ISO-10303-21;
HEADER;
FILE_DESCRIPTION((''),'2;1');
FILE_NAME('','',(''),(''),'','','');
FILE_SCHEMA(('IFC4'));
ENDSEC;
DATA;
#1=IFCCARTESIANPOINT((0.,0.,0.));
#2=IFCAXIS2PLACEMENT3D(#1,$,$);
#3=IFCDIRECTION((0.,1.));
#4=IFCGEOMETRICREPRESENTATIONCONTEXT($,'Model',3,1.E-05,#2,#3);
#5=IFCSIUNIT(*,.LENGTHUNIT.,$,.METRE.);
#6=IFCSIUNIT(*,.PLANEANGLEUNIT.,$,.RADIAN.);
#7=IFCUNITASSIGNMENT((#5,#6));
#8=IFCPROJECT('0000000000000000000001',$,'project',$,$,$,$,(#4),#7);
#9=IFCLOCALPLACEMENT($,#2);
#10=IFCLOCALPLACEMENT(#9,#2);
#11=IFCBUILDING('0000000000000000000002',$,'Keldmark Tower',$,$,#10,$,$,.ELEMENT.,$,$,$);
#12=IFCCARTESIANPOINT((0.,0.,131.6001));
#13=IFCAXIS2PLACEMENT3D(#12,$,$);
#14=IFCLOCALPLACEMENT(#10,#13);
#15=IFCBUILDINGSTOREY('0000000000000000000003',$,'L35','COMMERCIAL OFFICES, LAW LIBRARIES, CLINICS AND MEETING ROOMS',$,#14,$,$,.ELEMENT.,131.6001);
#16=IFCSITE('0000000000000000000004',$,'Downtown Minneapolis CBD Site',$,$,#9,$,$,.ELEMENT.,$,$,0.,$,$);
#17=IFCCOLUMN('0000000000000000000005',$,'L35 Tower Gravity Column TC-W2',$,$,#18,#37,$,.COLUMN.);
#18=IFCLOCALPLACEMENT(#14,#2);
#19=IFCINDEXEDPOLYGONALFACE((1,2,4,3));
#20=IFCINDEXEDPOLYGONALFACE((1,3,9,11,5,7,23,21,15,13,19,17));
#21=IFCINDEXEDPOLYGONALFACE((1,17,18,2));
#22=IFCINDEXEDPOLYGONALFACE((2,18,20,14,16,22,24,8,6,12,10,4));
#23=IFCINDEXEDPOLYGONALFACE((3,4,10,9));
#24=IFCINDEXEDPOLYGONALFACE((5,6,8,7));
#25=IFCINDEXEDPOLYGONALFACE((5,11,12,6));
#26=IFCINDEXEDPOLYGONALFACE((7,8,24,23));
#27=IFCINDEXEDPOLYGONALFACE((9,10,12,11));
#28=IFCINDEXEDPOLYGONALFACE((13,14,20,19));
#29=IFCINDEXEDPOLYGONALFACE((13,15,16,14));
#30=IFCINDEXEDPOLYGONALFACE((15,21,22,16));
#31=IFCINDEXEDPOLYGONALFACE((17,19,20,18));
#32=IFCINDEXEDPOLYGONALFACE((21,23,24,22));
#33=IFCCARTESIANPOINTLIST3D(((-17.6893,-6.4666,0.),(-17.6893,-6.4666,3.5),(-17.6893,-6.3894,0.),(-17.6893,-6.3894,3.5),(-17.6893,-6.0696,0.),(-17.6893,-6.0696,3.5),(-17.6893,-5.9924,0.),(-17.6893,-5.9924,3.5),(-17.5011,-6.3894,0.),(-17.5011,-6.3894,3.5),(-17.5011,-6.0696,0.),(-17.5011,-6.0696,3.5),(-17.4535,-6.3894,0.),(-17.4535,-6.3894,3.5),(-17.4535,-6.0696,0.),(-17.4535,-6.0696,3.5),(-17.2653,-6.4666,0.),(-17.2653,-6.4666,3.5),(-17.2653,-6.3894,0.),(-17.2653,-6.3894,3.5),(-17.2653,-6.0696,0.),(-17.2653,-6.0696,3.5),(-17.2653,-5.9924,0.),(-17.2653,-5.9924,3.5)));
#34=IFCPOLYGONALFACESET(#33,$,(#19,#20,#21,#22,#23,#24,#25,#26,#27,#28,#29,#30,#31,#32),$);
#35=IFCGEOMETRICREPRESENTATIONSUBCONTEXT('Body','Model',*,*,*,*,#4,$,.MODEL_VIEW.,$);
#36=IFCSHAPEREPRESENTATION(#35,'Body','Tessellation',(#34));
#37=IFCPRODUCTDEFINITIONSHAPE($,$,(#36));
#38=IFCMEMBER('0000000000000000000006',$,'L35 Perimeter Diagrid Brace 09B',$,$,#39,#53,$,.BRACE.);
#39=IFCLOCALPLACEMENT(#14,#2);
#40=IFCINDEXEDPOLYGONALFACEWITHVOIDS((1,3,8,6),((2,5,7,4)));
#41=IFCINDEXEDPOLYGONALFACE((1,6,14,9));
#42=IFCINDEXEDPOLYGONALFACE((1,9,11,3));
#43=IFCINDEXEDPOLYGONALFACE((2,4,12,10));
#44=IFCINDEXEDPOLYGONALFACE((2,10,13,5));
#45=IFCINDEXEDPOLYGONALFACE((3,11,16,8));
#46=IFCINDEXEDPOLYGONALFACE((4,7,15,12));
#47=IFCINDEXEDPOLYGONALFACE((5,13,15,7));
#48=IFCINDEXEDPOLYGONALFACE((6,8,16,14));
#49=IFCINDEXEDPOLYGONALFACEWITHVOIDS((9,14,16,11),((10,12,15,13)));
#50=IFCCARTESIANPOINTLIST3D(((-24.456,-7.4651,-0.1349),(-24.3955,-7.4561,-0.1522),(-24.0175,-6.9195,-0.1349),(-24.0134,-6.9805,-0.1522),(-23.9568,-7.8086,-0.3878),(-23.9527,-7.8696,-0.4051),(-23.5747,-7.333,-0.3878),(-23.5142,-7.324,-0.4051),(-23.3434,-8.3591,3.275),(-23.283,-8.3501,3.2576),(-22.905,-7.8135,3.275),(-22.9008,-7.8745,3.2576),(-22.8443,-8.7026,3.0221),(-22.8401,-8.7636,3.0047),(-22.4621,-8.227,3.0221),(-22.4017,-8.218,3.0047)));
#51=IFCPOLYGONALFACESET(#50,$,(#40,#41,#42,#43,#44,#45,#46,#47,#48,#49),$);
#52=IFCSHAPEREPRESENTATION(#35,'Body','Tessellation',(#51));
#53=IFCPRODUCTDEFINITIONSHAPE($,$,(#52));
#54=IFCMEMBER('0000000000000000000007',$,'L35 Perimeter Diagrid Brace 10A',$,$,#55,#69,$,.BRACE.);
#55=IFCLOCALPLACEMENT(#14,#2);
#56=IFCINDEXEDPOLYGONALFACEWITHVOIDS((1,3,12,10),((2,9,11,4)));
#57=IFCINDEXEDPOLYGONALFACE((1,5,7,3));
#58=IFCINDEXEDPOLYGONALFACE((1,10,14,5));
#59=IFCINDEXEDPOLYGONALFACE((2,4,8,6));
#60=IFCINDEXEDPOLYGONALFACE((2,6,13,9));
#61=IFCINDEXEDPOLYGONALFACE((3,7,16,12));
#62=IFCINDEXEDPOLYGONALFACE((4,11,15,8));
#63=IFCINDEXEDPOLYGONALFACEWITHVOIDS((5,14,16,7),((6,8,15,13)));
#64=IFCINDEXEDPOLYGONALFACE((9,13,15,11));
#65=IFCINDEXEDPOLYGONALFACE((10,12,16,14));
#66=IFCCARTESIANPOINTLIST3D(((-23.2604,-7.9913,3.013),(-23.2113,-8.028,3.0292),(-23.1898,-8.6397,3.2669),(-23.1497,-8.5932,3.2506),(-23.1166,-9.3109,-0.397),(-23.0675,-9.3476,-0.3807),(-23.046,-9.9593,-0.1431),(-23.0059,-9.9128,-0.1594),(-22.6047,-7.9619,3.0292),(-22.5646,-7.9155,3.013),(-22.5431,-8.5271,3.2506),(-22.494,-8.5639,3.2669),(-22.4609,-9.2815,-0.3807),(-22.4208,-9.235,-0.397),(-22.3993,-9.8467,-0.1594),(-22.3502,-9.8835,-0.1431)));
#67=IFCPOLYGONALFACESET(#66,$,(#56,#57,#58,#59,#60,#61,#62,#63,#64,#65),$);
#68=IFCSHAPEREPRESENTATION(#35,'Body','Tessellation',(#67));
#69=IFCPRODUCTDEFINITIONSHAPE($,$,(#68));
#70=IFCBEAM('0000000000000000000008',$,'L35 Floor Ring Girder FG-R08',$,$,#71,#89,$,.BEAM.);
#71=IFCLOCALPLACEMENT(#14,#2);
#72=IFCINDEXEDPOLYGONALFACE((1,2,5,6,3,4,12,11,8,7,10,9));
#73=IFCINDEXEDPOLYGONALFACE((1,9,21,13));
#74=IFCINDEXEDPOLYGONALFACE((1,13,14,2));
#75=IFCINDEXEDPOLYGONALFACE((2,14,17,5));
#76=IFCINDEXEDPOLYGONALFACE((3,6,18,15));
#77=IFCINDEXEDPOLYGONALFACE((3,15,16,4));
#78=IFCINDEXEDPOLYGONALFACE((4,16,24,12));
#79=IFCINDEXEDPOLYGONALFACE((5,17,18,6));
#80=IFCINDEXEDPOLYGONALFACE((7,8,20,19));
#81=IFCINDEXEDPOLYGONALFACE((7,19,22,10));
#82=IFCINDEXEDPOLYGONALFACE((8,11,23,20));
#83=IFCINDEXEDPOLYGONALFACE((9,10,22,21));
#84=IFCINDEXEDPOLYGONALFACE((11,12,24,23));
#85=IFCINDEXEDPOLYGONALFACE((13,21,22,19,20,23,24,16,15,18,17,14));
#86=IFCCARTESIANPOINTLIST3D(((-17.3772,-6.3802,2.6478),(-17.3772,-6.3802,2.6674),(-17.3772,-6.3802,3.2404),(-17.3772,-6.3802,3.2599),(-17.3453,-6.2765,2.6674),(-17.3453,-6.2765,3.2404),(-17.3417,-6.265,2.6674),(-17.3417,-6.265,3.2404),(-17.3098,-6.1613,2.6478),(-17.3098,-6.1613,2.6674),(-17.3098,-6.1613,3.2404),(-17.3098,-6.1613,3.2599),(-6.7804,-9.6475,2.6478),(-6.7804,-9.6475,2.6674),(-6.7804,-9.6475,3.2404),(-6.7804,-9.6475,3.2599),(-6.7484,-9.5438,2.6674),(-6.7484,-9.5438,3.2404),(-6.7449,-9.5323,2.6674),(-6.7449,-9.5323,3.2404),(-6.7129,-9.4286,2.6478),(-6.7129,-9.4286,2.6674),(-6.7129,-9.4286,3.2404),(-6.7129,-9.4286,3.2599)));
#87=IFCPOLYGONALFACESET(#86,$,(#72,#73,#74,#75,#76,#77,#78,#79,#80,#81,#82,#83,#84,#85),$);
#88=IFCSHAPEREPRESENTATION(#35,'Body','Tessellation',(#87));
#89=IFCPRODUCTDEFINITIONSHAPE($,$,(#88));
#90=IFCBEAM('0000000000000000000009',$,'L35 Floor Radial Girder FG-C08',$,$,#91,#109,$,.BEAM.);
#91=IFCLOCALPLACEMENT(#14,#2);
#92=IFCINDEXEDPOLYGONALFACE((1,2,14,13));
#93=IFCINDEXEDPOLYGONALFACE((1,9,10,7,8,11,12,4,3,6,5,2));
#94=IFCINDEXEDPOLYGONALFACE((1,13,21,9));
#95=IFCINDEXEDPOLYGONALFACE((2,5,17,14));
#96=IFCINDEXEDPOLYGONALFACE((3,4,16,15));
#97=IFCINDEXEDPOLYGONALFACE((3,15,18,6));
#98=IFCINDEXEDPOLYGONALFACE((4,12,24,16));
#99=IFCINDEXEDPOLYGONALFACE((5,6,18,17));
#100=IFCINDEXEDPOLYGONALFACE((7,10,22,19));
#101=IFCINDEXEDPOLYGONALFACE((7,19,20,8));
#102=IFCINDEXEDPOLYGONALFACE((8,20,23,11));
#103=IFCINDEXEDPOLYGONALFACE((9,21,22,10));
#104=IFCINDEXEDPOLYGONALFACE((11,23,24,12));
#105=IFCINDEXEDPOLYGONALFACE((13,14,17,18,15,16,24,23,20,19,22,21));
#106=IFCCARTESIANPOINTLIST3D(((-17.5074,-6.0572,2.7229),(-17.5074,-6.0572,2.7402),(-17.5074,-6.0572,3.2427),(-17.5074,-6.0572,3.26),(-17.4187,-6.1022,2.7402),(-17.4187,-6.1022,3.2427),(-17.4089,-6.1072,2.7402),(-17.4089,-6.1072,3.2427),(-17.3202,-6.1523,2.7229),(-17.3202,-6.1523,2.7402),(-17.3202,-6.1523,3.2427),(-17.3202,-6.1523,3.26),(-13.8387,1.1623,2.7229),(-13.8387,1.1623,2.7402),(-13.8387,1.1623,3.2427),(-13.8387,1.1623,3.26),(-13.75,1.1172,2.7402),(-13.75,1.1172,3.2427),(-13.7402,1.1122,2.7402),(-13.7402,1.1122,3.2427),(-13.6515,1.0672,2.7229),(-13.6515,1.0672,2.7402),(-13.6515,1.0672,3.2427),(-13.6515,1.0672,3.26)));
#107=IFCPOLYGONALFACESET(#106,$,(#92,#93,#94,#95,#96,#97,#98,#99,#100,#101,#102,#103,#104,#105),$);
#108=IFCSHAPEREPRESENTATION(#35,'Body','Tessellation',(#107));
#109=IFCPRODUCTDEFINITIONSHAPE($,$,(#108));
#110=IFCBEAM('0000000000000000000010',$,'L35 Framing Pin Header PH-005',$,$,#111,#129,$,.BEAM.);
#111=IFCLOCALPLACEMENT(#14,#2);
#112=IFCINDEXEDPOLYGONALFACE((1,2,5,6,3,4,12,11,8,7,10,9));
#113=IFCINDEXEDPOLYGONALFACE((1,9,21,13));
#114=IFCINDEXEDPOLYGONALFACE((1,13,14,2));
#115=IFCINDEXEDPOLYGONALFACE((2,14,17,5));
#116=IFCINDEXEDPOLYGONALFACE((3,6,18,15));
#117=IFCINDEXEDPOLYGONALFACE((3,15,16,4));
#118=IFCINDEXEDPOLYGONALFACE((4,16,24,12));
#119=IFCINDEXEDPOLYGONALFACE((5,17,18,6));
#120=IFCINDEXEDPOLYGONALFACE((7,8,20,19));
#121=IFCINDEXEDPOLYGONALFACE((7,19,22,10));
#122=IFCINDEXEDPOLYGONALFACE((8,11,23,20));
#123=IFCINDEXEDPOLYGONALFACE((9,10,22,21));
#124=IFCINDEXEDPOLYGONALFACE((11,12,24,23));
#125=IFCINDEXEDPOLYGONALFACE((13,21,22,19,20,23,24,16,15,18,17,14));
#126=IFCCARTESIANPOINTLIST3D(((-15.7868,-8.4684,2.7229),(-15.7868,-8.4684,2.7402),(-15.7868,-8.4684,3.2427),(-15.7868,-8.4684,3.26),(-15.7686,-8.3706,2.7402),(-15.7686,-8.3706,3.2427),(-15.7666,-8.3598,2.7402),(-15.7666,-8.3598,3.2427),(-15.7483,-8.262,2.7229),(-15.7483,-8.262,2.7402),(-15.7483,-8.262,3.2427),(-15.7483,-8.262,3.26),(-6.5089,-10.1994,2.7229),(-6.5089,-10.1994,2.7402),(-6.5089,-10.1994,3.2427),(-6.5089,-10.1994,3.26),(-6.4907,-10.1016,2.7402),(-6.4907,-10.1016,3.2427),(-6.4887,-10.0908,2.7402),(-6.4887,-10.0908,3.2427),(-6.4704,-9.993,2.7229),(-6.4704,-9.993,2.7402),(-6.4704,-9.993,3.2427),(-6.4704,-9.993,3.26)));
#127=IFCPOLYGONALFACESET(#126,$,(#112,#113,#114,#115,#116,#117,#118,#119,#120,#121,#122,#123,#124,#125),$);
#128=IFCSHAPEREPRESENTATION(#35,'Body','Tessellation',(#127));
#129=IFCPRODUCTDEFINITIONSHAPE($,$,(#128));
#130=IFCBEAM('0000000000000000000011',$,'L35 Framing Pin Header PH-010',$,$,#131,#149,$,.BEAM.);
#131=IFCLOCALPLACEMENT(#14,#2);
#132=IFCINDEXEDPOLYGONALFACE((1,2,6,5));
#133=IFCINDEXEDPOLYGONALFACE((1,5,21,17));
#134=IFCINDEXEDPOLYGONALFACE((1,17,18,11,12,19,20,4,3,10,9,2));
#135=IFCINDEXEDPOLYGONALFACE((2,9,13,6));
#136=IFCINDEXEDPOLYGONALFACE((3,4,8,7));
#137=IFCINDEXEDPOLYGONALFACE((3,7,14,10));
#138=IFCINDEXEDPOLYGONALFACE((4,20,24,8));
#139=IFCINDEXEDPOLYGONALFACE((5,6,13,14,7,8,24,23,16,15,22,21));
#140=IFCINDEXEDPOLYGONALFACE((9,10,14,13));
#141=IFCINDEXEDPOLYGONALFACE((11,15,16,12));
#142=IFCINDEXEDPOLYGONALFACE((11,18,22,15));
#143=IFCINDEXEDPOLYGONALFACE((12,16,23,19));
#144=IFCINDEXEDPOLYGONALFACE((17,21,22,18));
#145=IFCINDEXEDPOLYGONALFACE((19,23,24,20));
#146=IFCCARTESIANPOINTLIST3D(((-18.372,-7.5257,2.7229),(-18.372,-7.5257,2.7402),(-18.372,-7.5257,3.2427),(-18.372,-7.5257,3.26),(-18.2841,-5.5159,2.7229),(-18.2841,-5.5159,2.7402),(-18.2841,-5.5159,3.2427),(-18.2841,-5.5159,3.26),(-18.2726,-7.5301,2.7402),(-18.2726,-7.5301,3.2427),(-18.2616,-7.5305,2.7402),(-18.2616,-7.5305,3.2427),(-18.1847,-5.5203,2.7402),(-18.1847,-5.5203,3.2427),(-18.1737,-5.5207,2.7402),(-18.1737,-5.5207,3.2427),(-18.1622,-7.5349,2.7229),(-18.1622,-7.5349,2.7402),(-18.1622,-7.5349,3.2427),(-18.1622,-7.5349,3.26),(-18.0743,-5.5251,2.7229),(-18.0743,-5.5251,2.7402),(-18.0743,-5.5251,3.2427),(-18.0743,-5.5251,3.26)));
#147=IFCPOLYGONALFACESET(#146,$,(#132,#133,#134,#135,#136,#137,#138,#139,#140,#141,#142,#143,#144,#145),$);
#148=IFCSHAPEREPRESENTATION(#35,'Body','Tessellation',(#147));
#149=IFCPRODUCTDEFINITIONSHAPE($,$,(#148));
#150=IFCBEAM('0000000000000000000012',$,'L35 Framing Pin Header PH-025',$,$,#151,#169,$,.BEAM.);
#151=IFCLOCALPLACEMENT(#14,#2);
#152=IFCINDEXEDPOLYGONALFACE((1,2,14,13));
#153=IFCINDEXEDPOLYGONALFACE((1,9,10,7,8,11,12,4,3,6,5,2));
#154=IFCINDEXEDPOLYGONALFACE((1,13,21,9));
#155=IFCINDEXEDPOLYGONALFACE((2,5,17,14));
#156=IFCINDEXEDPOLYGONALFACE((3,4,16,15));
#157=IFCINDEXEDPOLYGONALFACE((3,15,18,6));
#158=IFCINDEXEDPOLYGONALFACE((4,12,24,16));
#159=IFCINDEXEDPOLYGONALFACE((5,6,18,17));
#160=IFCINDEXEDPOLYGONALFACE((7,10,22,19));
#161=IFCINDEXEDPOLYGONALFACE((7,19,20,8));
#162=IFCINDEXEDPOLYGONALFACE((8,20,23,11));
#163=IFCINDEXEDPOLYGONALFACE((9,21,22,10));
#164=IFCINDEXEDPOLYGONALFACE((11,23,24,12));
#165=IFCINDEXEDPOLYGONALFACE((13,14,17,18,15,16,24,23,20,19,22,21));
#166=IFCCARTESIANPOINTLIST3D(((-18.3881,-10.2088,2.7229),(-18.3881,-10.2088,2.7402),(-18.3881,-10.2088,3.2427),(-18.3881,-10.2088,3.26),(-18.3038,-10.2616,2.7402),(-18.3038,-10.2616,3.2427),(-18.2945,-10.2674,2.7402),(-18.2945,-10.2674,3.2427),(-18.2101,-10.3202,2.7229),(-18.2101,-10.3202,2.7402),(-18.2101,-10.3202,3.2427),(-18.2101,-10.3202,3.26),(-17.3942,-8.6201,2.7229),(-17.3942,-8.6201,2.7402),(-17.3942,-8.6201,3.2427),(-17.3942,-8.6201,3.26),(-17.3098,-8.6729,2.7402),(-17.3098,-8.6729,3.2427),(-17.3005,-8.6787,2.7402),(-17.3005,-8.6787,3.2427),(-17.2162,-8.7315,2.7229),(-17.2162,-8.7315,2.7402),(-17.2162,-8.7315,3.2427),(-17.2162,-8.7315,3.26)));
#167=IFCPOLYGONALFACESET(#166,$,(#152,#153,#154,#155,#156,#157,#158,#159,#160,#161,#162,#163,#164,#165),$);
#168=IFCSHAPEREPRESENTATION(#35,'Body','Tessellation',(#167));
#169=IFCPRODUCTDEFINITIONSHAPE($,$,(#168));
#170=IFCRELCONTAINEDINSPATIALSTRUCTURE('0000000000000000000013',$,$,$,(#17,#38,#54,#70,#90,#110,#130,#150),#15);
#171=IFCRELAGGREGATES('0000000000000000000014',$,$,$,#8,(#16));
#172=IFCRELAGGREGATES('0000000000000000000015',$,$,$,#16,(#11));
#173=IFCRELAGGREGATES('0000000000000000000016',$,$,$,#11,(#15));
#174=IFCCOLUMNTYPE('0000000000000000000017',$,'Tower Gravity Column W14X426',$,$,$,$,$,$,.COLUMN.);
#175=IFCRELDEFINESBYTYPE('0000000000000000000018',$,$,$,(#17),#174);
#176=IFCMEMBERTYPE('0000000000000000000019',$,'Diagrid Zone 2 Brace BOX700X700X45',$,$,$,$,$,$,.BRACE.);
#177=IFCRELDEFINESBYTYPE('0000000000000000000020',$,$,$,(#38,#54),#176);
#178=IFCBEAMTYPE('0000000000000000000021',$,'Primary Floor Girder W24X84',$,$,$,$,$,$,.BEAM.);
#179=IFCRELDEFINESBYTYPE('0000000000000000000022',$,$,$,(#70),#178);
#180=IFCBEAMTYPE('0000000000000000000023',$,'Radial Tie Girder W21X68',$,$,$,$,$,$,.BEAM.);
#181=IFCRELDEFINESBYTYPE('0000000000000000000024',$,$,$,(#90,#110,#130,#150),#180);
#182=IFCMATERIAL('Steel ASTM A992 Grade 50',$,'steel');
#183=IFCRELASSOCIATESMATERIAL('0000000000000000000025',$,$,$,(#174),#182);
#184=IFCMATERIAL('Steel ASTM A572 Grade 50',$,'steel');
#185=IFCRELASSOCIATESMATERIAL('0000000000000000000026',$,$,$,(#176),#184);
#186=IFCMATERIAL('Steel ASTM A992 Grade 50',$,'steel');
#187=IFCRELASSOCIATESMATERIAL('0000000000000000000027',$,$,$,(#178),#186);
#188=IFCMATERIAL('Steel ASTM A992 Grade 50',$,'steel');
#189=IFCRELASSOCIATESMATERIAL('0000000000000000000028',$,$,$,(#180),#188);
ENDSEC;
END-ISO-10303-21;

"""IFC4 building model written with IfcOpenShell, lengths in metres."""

from ifc_helpers import new_model, si_unit, direction, frame, origin, origin_2d, place, context, subcontext, project, spatial, hollow_rectangle, i_section, extrude, material, material_profile, profile_set, type_object, element, save


model = new_model("IFC4")

# Units and contexts
model_context = context("Model", 3, precision=1e-05, world=origin(), true_north=direction((0.0, 1.0)))
body_context = subcontext(model_context, "Body", "Model", "MODEL_VIEW")
ifc_project = project(units=[si_unit("LENGTHUNIT", "METRE"), si_unit("PLANEANGLEUNIT", "RADIAN")], contexts=[model_context])

# Site, building, storey
site_placement = place(None, origin())
site = spatial("IfcSite", under=ifc_project, at=site_placement, Name="Downtown Minneapolis CBD Site", CompositionType="ELEMENT", RefElevation=0.0)
building_placement = place(site_placement, origin())
building = spatial("IfcBuilding", under=site, at=building_placement, Name="Keldmark Tower", CompositionType="ELEMENT")
storey_placement = place(building_placement, frame((0.0, 0.0, 131.6001)))
storey = spatial("IfcBuildingStorey", under=building, at=storey_placement, Name="L35", Description="COMMERCIAL OFFICES, LAW LIBRARIES, CLINICS AND MEETING ROOMS", CompositionType="ELEMENT", Elevation=131.6001)

# Column
ifc_material_1 = material(Name="Steel ASTM A992 Grade 50", Category="steel")
ifc_material_profile_1 = material_profile(ifc_material_1, i_section(OverallWidth=0.4241, OverallDepth=0.4741, WebThickness=0.0476, FlangeThickness=0.0771, at=origin_2d()), Name="W14X426")
ifc_profile_set_1 = profile_set([ifc_material_profile_1], Name="Steel ASTM A992 Grade 50")
column_type = type_object("IfcColumnType", Name="Tower Gravity Column W14X426", PredefinedType="COLUMN", material=ifc_profile_set_1)
column_placement = place(storey_placement, frame((-17.4773, -6.2295, 0.0), z_axis=(0.0, 0.0, 1.0), x_axis=(1.0, 0.0, 0.0)))
element("IfcColumn", 1, at=column_placement, inside=storey, type_object=column_type, Name="L35 Tower Gravity Column TC-W2", PredefinedType="COLUMN", context=body_context, shape_type="SweptSolid", body=[
    extrude(i_section(OverallWidth=0.4241, OverallDepth=0.4741, WebThickness=0.0476, FlangeThickness=0.0771, at=origin_2d()), origin(), (0.0, 0.0, 1.0), 3.5),
])

# Members
ifc_material_2 = material(Name="Steel ASTM A572 Grade 50", Category="steel")
ifc_material_profile_2 = material_profile(ifc_material_2, hollow_rectangle(XDim=0.7, YDim=0.7, WallThickness=0.0449, at=origin_2d()), Name="BOX700X700X45")
ifc_profile_set_2 = profile_set([ifc_material_profile_2], Name="Steel ASTM A572 Grade 50")
member_type = type_object("IfcMemberType", Name="Diagrid Zone 2 Brace BOX700X700X45", PredefinedType="BRACE", material=ifc_profile_set_2)
member_1_placement = place(storey_placement, frame((-23.9851, -7.3945, -0.27), z_axis=(0.300968, -0.241858, 0.922455), x_axis=(0.626404, 0.779498, 0.0)))
element("IfcMember", 2, at=member_1_placement, inside=storey, type_object=member_type, Name="L35 Perimeter Diagrid Brace 09B", PredefinedType="BRACE", context=body_context, shape_type="SweptSolid", body=[
    extrude(hollow_rectangle(XDim=0.7, YDim=0.7, WallThickness=0.0449, at=origin_2d()), origin(), (0.0, 0.0, 1.0), 3.6965),
])
member_2_placement = place(storey_placement, frame((-22.7334, -9.5972, -0.27), z_axis=(-0.039298, 0.360624, 0.931883), x_axis=(-0.994115, -0.108332, 0.0)))
element("IfcMember", 3, at=member_2_placement, inside=storey, type_object=member_type, Name="L35 Perimeter Diagrid Brace 10A", PredefinedType="BRACE", context=body_context, shape_type="SweptSolid", body=[
    extrude(hollow_rectangle(XDim=0.7, YDim=0.7, WallThickness=0.0449, at=origin_2d()), origin(), (0.0, 0.0, 1.0), 3.6592),
])

# Beams
ifc_material_3 = material(Name="Steel ASTM A992 Grade 50", Category="steel")
ifc_material_profile_3 = material_profile(ifc_material_3, i_section(OverallWidth=0.229, OverallDepth=0.6121, WebThickness=0.012, FlangeThickness=0.0195, at=origin_2d()), Name="W24X84")
ifc_profile_set_3 = profile_set([ifc_material_profile_3], Name="Steel ASTM A992 Grade 50")
beam_type_1 = type_object("IfcBeamType", Name="Primary Floor Girder W24X84", PredefinedType="BEAM", material=ifc_profile_set_3)
beam_1_placement = place(storey_placement, frame((-17.3435, -6.2708, 2.9539), z_axis=(0.955608, -0.294641, 0.0), x_axis=(0.294641, 0.955608, 0.0)))
element("IfcBeam", 4, at=beam_1_placement, inside=storey, type_object=beam_type_1, Name="L35 Floor Ring Girder FG-R08", PredefinedType="BEAM", context=body_context, shape_type="SweptSolid", body=[
    extrude(i_section(OverallWidth=0.229, OverallDepth=0.6121, WebThickness=0.012, FlangeThickness=0.0195, at=origin_2d()), origin(), (0.0, 0.0, 1.0), 11.0891),
])
ifc_material_4 = material(Name="Steel ASTM A992 Grade 50", Category="steel")
ifc_material_profile_4 = material_profile(ifc_material_4, i_section(OverallWidth=0.21, OverallDepth=0.5371, WebThickness=0.011, FlangeThickness=0.0173, at=origin_2d()), Name="W21X68")
ifc_profile_set_4 = profile_set([ifc_material_profile_4], Name="Steel ASTM A992 Grade 50")
beam_type_2 = type_object("IfcBeamType", Name="Radial Tie Girder W21X68", PredefinedType="BEAM", material=ifc_profile_set_4)
beam_2_placement = place(storey_placement, frame((-17.4138, -6.1047, 2.9915), z_axis=(0.453029, 0.891496, 0.0), x_axis=(-0.891496, 0.453029, 0.0)))
element("IfcBeam", 5, at=beam_2_placement, inside=storey, type_object=beam_type_2, Name="L35 Floor Radial Girder FG-C08", PredefinedType="BEAM", context=body_context, shape_type="SweptSolid", body=[
    extrude(i_section(OverallWidth=0.21, OverallDepth=0.5371, WebThickness=0.011, FlangeThickness=0.0173, at=origin_2d()), origin(), (0.0, 0.0, 1.0), 8.0981),
])
beam_3_placement = place(storey_placement, frame((-15.7676, -8.3652, 2.9915), z_axis=(0.983038, -0.183404, 0.0), x_axis=(0.183404, 0.983038, 0.0)))
element("IfcBeam", 6, at=beam_3_placement, inside=storey, type_object=beam_type_2, Name="L35 Framing Pin Header PH-005", PredefinedType="BEAM", context=body_context, shape_type="SweptSolid", body=[
    extrude(i_section(OverallWidth=0.21, OverallDepth=0.5371, WebThickness=0.011, FlangeThickness=0.0173, at=origin_2d()), origin(), (0.0, 0.0, 1.0), 9.438),
])
beam_4_placement = place(storey_placement, frame((-18.1792, -5.5205, 2.9915), z_axis=(-0.04369, -0.999045, 0.0), x_axis=(0.999045, -0.04369, 0.0)))
element("IfcBeam", 7, at=beam_4_placement, inside=storey, type_object=beam_type_2, Name="L35 Framing Pin Header PH-010", PredefinedType="BEAM", context=body_context, shape_type="SweptSolid", body=[
    extrude(i_section(OverallWidth=0.21, OverallDepth=0.5371, WebThickness=0.011, FlangeThickness=0.0173, at=origin_2d()), origin(), (0.0, 0.0, 1.0), 2.0117),
])
beam_5_placement = place(storey_placement, frame((-17.3052, -8.6758, 2.9915), z_axis=(-0.530385, -0.847757, 0.0), x_axis=(0.847757, -0.530385, 0.0)))
element("IfcBeam", 8, at=beam_5_placement, inside=storey, type_object=beam_type_2, Name="L35 Framing Pin Header PH-025", PredefinedType="BEAM", context=body_context, shape_type="SweptSolid", body=[
    extrude(i_section(OverallWidth=0.21, OverallDepth=0.5371, WebThickness=0.011, FlangeThickness=0.0173, at=origin_2d()), origin(), (0.0, 0.0, 1.0), 1.874),
])

save(model, "model.ifc")
